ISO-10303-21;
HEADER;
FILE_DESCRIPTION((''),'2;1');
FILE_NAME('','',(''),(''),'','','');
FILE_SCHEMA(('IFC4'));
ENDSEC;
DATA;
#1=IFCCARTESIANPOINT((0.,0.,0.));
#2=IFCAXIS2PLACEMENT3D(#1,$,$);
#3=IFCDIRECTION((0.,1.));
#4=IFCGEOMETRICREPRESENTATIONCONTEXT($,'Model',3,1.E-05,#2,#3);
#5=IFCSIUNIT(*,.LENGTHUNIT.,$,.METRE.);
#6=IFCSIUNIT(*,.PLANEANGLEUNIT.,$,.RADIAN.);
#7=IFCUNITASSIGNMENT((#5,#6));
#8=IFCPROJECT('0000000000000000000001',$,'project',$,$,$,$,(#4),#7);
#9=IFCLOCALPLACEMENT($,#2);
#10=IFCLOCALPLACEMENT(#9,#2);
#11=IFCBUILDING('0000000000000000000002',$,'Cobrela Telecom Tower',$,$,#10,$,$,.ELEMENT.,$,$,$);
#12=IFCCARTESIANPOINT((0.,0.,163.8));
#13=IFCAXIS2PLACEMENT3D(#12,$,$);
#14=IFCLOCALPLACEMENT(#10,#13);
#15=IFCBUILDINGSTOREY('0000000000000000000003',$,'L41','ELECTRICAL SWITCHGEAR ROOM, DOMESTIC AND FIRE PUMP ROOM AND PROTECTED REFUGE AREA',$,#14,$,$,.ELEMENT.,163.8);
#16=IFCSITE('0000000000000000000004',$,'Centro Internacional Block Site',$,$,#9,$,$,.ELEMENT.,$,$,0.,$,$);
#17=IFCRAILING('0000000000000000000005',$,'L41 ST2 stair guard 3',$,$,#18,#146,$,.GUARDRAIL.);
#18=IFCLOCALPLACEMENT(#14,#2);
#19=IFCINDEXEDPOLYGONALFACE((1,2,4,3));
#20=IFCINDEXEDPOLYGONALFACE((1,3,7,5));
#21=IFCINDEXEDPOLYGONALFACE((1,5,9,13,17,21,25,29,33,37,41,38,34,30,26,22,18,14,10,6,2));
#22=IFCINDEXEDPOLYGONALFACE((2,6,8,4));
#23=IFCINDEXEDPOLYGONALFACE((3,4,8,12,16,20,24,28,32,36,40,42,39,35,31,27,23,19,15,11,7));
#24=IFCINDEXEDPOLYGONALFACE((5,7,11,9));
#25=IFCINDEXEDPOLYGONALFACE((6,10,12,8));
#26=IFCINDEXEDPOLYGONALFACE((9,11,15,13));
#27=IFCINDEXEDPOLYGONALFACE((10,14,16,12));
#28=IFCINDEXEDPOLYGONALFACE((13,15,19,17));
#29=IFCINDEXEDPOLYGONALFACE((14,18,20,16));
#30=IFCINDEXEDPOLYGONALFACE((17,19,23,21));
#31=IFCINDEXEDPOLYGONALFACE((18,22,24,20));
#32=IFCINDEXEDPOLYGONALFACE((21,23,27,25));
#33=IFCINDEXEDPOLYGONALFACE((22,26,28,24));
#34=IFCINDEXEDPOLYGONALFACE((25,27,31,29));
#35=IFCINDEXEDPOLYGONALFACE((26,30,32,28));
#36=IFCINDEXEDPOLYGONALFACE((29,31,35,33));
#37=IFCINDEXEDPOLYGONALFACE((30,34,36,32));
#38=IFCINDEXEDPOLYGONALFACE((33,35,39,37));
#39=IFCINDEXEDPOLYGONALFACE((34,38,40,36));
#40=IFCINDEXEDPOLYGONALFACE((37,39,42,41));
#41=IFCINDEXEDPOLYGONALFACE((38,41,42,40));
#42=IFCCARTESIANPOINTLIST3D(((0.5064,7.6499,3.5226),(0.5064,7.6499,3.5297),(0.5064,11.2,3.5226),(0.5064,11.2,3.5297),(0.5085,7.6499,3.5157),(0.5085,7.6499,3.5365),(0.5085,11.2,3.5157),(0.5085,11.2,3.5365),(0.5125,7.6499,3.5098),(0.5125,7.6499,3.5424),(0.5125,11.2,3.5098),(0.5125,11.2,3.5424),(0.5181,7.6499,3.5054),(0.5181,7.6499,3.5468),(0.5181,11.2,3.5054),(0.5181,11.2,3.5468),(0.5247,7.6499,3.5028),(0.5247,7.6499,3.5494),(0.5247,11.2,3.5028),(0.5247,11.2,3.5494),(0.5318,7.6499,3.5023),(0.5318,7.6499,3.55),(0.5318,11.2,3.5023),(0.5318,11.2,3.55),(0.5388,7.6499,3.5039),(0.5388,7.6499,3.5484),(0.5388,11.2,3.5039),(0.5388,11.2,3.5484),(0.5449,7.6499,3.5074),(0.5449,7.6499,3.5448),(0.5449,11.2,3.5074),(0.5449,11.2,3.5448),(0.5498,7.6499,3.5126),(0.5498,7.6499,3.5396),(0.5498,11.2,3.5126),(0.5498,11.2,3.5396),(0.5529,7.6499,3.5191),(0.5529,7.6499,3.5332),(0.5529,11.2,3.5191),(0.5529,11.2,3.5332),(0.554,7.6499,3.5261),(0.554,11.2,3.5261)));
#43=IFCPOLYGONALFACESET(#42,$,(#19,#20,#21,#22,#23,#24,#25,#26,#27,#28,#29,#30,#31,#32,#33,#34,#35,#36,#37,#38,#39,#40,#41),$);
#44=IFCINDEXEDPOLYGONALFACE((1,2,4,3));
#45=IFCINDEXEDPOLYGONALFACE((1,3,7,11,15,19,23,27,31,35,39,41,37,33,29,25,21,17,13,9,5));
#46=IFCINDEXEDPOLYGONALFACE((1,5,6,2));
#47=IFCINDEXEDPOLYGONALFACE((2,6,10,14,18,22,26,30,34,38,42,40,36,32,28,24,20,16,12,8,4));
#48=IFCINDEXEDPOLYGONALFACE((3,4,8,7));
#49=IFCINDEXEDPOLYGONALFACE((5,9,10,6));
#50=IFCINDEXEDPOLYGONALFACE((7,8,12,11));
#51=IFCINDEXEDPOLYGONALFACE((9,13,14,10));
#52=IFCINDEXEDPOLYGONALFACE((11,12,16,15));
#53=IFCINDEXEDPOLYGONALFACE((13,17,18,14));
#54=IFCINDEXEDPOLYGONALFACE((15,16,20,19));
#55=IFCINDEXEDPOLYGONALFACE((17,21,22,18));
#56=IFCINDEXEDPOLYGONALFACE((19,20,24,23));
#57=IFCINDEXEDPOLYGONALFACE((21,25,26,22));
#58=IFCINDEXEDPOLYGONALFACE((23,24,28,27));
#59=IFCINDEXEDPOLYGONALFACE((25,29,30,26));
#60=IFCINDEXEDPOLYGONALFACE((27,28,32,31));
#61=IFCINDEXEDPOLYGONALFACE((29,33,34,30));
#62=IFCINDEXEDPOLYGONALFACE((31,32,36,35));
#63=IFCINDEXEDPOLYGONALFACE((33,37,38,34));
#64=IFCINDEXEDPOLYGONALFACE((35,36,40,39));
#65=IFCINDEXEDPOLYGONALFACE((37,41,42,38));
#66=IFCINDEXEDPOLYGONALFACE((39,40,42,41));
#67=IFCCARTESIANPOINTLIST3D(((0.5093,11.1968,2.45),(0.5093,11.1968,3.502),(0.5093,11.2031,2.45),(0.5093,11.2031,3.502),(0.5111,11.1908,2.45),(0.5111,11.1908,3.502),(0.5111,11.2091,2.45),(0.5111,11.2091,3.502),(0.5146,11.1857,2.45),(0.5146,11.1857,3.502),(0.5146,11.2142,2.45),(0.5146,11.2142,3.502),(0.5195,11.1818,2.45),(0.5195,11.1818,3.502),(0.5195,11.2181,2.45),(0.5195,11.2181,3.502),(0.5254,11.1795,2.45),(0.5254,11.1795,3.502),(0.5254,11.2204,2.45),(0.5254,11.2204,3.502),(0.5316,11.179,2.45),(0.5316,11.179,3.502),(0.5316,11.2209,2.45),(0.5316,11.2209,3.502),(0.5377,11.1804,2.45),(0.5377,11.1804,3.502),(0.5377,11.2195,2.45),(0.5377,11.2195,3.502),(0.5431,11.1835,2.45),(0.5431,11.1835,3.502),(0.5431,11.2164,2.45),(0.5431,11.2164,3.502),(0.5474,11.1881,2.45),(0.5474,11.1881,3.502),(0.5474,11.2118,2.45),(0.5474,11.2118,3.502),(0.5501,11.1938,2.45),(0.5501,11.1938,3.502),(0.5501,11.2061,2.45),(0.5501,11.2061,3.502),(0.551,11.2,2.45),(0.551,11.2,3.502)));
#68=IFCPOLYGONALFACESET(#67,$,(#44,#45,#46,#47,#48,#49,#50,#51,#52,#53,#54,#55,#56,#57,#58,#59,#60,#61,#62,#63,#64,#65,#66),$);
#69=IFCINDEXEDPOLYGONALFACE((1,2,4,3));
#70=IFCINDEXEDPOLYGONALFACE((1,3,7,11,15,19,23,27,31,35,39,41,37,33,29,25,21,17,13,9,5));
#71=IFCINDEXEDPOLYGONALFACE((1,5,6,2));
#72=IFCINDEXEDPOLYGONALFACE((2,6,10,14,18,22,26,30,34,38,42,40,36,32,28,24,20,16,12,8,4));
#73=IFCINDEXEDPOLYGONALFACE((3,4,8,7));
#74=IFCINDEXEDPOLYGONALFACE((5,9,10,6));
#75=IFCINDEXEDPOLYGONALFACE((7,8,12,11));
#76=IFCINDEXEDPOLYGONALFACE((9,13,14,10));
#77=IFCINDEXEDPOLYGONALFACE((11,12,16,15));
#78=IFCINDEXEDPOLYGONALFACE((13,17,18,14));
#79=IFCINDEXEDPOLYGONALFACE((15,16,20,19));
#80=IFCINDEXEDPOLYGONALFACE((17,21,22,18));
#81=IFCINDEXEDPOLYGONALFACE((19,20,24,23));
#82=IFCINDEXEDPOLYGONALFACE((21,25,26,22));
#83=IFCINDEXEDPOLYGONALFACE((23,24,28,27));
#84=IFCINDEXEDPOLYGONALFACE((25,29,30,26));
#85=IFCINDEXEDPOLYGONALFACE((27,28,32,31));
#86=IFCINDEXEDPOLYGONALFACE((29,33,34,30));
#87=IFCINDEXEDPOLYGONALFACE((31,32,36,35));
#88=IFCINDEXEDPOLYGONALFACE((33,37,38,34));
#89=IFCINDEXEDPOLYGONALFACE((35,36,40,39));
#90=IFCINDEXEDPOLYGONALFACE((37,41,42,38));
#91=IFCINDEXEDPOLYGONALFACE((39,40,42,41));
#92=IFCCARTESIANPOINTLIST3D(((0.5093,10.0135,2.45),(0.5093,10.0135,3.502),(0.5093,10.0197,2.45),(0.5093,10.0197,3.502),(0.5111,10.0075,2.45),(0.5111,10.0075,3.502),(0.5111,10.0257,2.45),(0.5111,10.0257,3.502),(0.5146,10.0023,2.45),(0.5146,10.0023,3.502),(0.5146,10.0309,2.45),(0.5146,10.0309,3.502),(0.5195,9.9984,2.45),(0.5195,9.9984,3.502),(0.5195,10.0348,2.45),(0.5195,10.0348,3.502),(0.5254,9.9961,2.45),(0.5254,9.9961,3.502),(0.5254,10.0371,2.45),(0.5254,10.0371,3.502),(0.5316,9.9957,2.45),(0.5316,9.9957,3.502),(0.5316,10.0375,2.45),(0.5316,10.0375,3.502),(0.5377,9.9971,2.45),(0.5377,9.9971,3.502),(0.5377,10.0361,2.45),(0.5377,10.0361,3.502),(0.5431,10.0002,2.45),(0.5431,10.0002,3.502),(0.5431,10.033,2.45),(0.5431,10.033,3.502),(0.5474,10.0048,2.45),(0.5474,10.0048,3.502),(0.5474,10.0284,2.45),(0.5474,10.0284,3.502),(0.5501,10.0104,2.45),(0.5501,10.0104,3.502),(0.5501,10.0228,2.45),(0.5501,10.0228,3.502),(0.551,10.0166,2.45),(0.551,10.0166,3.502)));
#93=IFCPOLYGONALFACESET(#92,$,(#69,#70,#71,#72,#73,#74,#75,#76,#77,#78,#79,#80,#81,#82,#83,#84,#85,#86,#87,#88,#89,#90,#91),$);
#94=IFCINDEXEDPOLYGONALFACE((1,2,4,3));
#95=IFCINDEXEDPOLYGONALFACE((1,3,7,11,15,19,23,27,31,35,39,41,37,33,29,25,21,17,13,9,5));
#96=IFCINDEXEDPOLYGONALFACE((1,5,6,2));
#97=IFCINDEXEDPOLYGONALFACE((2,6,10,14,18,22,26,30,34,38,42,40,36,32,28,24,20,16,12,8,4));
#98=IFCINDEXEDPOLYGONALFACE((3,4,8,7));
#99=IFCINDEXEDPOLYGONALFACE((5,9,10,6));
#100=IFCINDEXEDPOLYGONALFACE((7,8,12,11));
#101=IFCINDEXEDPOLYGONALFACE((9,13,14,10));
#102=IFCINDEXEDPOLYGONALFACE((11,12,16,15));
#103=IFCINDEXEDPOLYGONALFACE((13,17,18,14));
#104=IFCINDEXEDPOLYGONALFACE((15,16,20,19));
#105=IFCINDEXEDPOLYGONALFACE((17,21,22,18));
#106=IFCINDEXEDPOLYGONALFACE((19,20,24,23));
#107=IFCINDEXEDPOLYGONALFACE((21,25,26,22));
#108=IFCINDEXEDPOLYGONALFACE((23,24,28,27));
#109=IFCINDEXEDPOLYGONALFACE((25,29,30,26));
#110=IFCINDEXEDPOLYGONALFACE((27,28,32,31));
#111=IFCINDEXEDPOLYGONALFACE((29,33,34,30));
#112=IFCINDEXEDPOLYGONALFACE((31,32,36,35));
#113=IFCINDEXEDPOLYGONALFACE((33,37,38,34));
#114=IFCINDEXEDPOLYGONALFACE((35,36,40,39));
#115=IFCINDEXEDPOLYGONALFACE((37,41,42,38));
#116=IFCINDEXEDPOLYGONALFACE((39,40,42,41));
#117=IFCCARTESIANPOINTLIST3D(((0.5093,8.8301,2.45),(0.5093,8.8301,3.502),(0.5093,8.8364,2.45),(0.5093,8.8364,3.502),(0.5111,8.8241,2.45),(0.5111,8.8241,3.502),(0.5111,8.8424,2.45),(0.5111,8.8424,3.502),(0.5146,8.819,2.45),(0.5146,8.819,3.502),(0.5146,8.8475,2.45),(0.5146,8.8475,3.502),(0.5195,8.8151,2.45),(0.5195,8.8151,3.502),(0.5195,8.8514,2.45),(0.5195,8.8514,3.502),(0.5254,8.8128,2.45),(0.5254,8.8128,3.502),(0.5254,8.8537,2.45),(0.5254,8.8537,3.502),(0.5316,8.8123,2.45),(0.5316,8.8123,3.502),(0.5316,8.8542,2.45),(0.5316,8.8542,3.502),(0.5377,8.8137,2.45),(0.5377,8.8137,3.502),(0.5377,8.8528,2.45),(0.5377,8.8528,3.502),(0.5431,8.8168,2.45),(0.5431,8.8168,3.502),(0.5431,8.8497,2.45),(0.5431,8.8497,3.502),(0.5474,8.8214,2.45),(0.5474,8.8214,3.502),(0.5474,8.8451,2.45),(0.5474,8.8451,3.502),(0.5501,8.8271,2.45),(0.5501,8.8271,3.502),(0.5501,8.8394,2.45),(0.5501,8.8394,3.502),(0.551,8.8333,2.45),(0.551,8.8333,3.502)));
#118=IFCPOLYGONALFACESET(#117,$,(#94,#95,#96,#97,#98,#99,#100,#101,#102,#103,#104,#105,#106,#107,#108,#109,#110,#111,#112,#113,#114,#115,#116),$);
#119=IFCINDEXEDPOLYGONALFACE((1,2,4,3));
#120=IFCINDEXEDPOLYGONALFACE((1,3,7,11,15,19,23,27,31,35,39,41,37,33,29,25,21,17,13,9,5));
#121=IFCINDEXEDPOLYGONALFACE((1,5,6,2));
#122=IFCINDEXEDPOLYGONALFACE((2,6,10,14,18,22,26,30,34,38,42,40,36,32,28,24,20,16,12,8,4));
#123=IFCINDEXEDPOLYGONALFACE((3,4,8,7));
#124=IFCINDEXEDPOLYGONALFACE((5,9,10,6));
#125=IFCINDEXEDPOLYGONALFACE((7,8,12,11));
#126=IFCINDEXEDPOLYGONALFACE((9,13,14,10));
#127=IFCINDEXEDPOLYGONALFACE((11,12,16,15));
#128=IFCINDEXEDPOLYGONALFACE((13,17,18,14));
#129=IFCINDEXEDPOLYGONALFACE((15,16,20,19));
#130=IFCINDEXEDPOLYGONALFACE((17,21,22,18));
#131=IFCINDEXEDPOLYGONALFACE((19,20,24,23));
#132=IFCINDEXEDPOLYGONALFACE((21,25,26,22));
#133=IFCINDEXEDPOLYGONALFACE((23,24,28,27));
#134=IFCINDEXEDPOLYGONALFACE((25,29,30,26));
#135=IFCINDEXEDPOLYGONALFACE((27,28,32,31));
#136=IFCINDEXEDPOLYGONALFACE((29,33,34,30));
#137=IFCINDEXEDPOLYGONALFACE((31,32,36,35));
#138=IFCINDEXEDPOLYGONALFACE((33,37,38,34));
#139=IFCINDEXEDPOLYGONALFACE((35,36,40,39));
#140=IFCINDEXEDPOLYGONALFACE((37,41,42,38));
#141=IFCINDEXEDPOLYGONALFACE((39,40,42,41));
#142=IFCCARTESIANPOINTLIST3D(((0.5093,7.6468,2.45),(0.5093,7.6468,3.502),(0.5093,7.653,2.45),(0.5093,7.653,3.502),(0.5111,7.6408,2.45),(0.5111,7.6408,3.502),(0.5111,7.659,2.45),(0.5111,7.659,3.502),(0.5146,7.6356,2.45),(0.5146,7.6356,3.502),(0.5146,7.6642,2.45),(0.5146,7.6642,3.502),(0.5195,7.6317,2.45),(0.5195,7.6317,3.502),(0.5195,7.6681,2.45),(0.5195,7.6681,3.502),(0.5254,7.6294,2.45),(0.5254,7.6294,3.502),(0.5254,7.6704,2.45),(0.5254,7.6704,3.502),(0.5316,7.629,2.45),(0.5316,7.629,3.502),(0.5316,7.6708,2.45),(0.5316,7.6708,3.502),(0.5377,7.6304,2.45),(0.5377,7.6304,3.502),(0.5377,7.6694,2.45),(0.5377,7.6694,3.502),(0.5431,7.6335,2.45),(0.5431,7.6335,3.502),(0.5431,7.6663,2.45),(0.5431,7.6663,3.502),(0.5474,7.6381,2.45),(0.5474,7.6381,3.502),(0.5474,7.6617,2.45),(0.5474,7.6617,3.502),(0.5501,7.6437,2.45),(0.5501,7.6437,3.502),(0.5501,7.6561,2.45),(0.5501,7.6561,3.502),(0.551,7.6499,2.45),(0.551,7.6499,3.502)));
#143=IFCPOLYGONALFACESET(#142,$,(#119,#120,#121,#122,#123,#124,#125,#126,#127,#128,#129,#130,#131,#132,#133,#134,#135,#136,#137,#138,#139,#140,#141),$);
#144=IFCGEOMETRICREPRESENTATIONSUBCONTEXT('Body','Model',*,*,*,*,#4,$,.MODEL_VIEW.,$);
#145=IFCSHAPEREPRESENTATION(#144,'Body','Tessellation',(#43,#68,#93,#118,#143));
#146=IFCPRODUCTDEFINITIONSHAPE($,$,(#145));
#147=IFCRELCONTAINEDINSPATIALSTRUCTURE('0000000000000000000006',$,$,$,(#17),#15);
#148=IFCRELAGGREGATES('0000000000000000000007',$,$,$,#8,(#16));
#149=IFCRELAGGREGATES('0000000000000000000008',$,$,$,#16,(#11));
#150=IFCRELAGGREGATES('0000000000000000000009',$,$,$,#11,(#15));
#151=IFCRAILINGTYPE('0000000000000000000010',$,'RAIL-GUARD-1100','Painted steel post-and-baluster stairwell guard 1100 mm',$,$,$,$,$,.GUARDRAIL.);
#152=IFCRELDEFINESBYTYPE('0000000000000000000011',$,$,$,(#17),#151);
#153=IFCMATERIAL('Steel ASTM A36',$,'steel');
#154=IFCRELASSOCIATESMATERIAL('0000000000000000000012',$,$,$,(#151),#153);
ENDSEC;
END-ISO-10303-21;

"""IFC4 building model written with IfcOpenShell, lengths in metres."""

from ifc_helpers import new_model, si_unit, direction, frame, origin, origin_2d, place, context, subcontext, project, spatial, circle, extrude, material, type_object, element, save


model = new_model("IFC4")

# Units and contexts
model_context = context("Model", 3, precision=1e-05, world=origin(), true_north=direction((0.0, 1.0)))
body_context = subcontext(model_context, "Body", "Model", "MODEL_VIEW")
ifc_project = project(units=[si_unit("LENGTHUNIT", "METRE"), si_unit("PLANEANGLEUNIT", "RADIAN")], contexts=[model_context])

# Site, building, storey
site_placement = place(None, origin())
site = spatial("IfcSite", under=ifc_project, at=site_placement, Name="Centro Internacional Block Site", CompositionType="ELEMENT", RefElevation=0.0)
building_placement = place(site_placement, origin())
building = spatial("IfcBuilding", under=site, at=building_placement, Name="Cobrela Telecom Tower", CompositionType="ELEMENT")
storey_placement = place(building_placement, frame((0.0, 0.0, 163.8)))
storey = spatial("IfcBuildingStorey", under=building, at=storey_placement, Name="L41", Description="ELECTRICAL SWITCHGEAR ROOM, DOMESTIC AND FIRE PUMP ROOM AND PROTECTED REFUGE AREA", CompositionType="ELEMENT", Elevation=163.8)

# Shared definitions
ifc_material_1 = material(Name="Steel ASTM A36", Category="steel")

# Railing
railing_type_1 = type_object("IfcRailingType", Name="RAIL-GUARD-1100", Description="Painted steel post-and-baluster stairwell guard 1100 mm", PredefinedType="GUARDRAIL", material=ifc_material_1)
railing_1_placement = place(storey_placement, frame((0.53, 11.2, 2.45)))
element("IfcRailing", 1, at=railing_1_placement, inside=storey, type_object=railing_type_1, Name="L41 ST2 stair guard 3", PredefinedType="GUARDRAIL", context=body_context, shape_type="SweptSolid", body=[
    extrude(circle(Radius=0.0239, at=origin_2d()), frame((0.0, 0.0, 1.0762), z_axis=(0.0, -1.0, 0.0), x_axis=(1.0, 0.0, 0.0)), (0.0, 0.0, 1.0), 3.55),
    extrude(circle(Radius=0.021, at=origin_2d()), origin(), (0.0, 0.0, 1.0), 1.052),
    extrude(circle(Radius=0.021, at=origin_2d()), frame((0.0, -1.1833, 0.0)), (0.0, 0.0, 1.0), 1.052),
    extrude(circle(Radius=0.021, at=origin_2d()), frame((0.0, -2.3667, 0.0)), (0.0, 0.0, 1.0), 1.052),
    extrude(circle(Radius=0.021, at=origin_2d()), frame((0.0, -3.55, 0.0)), (0.0, 0.0, 1.0), 1.052),
])

save(model, "model.ifc")
